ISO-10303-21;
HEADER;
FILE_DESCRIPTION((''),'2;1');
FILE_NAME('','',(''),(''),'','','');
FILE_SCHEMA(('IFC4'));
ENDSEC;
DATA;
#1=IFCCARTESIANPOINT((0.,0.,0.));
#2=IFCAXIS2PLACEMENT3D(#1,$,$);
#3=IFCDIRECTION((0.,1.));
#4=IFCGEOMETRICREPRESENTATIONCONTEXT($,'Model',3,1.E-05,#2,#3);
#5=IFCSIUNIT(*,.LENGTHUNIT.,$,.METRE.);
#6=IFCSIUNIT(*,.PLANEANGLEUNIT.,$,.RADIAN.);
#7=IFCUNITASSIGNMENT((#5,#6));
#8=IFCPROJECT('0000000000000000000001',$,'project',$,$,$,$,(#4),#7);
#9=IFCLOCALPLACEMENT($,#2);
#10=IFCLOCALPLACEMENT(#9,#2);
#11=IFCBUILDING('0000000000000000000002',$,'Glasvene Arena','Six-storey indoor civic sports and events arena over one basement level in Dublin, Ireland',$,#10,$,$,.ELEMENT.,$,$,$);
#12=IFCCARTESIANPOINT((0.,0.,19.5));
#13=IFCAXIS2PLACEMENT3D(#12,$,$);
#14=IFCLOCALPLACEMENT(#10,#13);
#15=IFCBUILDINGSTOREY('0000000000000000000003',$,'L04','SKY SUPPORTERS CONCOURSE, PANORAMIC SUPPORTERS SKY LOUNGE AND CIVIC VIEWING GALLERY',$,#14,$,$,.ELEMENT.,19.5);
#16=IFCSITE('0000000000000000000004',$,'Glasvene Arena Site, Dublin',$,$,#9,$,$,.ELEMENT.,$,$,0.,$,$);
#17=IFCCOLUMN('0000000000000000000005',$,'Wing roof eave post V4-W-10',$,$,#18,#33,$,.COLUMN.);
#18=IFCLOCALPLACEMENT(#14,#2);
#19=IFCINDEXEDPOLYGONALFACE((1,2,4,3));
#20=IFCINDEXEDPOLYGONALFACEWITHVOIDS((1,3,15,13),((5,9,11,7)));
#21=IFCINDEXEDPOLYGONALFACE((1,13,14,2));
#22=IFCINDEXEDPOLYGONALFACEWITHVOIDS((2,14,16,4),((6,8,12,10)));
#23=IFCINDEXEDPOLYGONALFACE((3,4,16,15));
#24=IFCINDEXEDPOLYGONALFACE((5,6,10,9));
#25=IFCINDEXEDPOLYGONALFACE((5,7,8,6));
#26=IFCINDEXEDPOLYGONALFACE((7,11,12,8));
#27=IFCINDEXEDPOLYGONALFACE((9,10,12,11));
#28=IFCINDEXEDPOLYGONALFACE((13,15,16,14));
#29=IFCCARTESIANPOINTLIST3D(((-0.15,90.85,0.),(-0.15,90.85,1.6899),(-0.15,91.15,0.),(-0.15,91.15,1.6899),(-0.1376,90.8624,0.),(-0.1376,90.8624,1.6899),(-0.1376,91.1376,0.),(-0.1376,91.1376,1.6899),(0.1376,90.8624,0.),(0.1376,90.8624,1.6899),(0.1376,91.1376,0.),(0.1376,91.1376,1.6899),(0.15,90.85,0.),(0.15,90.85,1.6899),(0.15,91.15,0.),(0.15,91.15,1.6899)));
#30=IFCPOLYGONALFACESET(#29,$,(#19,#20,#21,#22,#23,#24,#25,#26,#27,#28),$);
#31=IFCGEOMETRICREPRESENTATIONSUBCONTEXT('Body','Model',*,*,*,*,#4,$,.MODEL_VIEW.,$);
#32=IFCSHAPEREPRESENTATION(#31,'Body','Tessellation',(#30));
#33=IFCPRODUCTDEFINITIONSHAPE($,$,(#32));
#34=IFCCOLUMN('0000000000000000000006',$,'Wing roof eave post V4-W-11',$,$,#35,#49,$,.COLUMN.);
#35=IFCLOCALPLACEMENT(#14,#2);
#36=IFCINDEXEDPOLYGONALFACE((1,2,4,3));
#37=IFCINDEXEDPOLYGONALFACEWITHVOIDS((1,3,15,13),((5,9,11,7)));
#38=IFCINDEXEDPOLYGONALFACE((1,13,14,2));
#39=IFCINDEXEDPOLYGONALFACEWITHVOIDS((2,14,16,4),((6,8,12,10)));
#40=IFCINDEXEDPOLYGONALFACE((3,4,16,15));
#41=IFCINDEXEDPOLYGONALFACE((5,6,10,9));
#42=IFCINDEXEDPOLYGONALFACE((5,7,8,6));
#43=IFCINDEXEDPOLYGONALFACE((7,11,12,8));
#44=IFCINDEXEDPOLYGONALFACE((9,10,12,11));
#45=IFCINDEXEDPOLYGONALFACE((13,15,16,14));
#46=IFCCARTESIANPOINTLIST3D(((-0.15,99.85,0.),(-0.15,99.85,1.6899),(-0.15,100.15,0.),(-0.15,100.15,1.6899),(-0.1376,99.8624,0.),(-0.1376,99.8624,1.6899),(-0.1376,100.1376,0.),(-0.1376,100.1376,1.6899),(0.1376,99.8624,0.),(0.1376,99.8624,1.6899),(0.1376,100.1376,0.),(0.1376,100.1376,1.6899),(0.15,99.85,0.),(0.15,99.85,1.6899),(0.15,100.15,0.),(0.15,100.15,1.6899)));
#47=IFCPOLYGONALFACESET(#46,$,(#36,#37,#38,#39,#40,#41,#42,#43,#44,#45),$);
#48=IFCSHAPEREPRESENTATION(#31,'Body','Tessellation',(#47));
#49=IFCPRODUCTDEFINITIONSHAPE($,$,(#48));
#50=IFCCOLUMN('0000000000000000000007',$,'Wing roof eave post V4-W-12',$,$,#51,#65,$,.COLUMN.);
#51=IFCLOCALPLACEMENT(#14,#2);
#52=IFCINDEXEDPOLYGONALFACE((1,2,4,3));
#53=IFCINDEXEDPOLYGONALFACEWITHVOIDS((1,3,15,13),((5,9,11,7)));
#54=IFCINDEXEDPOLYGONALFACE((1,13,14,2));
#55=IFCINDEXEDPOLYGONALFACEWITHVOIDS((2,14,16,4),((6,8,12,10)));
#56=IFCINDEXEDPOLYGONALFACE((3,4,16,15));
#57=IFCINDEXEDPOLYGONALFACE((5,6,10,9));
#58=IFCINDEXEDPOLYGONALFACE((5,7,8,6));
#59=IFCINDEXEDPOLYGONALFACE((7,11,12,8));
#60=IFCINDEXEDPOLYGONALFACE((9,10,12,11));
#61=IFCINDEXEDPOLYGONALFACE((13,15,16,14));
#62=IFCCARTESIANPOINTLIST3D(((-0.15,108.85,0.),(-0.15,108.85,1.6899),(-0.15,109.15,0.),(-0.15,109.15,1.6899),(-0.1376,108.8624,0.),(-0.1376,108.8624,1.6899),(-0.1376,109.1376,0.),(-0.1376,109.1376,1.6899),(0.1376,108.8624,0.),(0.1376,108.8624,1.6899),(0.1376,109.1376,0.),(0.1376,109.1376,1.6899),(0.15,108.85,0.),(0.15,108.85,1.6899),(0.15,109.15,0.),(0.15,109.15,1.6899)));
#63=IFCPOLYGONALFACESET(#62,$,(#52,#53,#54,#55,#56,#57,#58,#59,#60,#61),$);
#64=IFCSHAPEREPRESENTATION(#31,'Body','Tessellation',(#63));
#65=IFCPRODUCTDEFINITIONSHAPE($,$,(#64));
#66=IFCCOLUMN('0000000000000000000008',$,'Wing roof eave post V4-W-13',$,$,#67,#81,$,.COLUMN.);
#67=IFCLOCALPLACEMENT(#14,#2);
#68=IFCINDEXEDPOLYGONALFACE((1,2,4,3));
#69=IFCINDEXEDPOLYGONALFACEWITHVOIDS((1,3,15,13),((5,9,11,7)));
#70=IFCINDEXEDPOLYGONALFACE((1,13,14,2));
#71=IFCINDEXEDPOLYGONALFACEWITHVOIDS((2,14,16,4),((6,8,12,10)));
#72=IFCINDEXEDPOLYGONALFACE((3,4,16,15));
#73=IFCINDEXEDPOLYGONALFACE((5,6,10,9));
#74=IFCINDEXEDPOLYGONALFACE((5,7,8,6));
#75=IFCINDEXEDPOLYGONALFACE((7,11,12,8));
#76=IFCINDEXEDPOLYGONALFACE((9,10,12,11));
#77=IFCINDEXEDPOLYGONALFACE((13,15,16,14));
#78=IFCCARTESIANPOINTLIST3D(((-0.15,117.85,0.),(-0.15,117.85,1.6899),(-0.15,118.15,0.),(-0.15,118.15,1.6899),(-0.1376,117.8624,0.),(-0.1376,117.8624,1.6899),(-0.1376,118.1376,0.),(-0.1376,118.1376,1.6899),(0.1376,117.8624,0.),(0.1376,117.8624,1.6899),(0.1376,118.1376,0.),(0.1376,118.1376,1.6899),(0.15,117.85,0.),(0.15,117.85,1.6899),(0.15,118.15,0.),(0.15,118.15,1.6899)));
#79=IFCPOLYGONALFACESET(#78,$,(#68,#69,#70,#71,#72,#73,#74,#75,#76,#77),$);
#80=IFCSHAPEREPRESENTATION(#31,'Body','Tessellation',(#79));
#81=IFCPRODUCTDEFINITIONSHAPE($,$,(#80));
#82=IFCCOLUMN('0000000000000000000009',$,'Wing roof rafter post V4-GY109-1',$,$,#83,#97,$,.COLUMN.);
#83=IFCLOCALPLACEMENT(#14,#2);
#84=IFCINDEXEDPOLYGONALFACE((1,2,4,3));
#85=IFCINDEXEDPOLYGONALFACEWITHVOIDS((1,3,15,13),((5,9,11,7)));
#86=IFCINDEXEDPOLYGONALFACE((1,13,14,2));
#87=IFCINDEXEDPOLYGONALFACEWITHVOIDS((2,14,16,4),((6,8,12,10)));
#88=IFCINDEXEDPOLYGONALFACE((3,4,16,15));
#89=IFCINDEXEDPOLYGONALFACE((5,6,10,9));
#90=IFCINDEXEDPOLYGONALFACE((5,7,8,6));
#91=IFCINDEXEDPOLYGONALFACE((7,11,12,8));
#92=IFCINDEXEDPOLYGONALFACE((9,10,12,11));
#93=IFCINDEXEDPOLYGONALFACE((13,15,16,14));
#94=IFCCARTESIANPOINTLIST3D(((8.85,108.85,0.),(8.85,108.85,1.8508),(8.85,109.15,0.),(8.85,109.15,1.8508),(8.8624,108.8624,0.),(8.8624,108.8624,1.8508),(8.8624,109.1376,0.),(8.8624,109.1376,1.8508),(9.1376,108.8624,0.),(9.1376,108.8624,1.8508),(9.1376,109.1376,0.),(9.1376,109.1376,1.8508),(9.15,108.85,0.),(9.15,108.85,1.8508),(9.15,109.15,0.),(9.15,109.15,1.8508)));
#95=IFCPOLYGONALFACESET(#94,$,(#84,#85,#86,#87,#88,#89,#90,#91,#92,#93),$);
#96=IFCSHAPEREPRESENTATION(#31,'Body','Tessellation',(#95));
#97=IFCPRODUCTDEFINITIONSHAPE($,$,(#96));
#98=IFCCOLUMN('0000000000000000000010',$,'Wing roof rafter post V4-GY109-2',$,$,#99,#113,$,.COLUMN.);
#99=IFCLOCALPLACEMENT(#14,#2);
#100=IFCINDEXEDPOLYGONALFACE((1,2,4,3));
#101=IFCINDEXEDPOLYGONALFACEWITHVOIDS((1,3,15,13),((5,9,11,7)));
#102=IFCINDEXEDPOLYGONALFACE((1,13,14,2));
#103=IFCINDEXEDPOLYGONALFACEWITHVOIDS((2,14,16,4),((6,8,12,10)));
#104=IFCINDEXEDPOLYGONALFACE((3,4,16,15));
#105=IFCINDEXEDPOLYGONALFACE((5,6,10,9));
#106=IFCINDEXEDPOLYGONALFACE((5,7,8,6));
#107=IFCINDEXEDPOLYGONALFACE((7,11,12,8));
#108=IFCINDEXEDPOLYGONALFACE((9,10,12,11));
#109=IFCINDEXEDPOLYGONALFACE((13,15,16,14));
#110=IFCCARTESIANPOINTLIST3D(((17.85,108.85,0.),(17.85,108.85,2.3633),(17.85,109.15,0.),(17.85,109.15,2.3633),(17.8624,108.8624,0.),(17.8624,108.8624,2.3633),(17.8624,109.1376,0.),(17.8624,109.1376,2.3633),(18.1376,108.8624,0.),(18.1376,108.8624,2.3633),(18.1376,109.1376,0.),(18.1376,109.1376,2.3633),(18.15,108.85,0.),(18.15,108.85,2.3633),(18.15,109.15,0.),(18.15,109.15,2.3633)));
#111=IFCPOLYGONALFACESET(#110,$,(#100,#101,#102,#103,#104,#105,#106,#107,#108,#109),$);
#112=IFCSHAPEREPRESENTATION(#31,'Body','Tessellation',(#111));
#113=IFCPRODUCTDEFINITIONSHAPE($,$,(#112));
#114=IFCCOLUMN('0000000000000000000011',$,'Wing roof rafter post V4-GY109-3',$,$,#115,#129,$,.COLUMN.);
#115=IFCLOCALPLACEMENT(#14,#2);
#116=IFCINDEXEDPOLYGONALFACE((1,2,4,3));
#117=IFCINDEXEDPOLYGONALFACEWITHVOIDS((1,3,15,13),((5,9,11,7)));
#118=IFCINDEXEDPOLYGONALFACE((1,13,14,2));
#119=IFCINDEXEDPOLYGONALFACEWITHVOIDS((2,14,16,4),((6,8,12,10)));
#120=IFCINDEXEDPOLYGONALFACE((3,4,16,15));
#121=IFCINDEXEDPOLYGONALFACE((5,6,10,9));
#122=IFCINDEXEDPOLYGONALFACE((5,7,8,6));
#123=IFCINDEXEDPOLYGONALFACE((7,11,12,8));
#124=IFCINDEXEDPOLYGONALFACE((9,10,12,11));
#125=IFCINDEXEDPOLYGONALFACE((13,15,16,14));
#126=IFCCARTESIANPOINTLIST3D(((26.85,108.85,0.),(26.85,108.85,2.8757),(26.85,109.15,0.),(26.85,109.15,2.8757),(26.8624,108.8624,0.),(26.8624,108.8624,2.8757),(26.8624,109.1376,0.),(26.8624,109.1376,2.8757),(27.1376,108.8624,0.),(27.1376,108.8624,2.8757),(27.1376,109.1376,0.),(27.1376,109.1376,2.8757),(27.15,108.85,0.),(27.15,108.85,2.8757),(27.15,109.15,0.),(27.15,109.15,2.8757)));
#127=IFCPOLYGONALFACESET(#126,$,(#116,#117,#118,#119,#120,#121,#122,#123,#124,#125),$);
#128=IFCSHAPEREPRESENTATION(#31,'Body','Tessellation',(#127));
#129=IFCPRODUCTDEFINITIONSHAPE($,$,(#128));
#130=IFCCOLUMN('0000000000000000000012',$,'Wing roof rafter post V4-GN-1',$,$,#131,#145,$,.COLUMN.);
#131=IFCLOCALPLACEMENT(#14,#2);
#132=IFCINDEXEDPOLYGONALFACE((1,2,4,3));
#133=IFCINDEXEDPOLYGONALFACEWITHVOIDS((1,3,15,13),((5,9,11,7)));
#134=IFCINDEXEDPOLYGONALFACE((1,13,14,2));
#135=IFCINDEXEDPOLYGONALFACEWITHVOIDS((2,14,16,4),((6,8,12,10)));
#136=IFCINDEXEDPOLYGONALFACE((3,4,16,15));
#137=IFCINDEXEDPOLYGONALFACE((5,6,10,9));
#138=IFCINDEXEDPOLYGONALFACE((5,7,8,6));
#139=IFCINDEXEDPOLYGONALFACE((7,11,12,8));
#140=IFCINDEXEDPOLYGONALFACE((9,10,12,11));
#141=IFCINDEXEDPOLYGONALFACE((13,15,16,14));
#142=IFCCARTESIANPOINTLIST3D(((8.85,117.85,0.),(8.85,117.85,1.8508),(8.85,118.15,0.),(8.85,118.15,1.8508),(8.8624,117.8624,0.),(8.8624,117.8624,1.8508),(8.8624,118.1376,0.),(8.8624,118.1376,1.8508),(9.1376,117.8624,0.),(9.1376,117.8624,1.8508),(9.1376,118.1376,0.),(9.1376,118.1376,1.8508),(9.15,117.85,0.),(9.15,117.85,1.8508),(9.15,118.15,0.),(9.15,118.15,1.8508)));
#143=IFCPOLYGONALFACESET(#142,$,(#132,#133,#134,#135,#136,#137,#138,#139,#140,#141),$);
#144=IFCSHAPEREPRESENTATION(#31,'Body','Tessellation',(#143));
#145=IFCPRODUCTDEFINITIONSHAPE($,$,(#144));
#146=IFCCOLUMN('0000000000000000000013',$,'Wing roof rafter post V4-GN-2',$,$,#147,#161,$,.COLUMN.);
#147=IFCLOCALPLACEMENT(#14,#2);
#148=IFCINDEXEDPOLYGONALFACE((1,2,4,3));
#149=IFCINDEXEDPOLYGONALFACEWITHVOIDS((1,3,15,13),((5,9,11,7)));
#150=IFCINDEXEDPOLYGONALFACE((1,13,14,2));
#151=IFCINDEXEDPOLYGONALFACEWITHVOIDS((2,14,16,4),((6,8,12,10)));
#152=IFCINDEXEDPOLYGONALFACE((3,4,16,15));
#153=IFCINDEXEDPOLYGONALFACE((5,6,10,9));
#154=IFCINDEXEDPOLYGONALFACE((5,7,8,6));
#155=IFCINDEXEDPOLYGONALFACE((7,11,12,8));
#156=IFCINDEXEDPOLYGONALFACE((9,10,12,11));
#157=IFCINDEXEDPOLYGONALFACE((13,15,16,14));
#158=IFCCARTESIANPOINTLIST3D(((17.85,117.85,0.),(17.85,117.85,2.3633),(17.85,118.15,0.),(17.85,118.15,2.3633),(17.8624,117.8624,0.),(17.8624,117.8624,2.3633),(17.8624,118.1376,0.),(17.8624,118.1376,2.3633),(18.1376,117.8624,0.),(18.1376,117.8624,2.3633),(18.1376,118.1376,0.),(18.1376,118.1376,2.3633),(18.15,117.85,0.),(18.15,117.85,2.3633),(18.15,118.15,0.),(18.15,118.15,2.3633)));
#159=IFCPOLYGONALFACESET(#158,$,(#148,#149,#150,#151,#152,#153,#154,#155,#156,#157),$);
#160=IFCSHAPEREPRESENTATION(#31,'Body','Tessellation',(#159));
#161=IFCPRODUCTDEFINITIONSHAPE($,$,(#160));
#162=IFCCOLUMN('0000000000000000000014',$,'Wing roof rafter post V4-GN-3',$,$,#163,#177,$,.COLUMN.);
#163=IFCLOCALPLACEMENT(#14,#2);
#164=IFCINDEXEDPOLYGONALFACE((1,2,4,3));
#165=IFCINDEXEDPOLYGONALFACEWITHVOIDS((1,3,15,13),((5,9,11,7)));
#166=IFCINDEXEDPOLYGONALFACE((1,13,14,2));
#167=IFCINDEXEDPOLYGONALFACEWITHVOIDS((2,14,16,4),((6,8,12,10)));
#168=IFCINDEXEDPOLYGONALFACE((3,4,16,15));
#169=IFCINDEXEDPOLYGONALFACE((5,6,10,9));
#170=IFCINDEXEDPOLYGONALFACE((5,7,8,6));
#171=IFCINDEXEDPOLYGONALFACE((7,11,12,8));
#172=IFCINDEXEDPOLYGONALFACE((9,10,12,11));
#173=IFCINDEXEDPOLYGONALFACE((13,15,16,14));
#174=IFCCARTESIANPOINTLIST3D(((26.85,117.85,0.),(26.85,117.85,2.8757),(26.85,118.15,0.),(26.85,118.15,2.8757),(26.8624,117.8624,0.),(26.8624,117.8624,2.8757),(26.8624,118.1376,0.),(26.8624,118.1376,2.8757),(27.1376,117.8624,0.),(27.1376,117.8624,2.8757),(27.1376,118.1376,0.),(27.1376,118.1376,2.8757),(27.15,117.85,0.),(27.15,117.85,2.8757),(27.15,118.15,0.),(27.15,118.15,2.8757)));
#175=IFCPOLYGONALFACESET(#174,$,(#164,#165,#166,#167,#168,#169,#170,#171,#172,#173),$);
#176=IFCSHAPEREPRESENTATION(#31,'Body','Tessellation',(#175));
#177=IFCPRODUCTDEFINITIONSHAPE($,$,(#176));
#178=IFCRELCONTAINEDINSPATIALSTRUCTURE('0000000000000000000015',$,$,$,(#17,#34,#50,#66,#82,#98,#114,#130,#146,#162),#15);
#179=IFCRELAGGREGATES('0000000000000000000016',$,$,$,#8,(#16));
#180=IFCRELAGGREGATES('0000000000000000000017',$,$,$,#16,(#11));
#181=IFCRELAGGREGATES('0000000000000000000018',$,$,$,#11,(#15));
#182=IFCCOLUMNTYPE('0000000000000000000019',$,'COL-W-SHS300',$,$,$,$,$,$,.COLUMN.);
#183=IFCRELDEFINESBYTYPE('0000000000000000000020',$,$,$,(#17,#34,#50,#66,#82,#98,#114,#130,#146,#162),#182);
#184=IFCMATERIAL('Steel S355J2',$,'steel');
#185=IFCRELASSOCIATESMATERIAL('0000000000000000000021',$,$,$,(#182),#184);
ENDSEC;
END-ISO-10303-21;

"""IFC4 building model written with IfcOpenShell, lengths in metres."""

from ifc_helpers import new_model, si_unit, direction, frame, origin, origin_2d, place, context, subcontext, project, spatial, hollow_rectangle, extrude, material, material_profile, profile_set, type_object, element, save


model = new_model("IFC4")

# Units and contexts
model_context = context("Model", 3, precision=1e-05, world=origin(), true_north=direction((0.0, 1.0)))
body_context = subcontext(model_context, "Body", "Model", "MODEL_VIEW")
ifc_project = project(units=[si_unit("LENGTHUNIT", "METRE"), si_unit("PLANEANGLEUNIT", "RADIAN")], contexts=[model_context])

# Site, building, storey
site_placement = place(None, origin())
site = spatial("IfcSite", under=ifc_project, at=site_placement, Name="Glasvene Arena Site, Dublin", CompositionType="ELEMENT", RefElevation=0.0)
building_placement = place(site_placement, origin())
building = spatial("IfcBuilding", under=site, at=building_placement, Name="Glasvene Arena", Description="Six-storey indoor civic sports and events arena over one basement level in Dublin, Ireland", CompositionType="ELEMENT")
storey_placement = place(building_placement, frame((0.0, 0.0, 19.5)))
storey = spatial("IfcBuildingStorey", under=building, at=storey_placement, Name="L04", Description="SKY SUPPORTERS CONCOURSE, PANORAMIC SUPPORTERS SKY LOUNGE AND CIVIC VIEWING GALLERY", CompositionType="ELEMENT", Elevation=19.5)

# Columns
ifc_material_1 = material(Name="Steel S355J2", Category="steel")
ifc_material_profile_1 = material_profile(ifc_material_1, hollow_rectangle(XDim=0.3, YDim=0.3, WallThickness=0.0125, at=origin_2d()), Name="SHS 300x300x12.5")
ifc_profile_set_1 = profile_set([ifc_material_profile_1], Name="Steel S355J2")
column_type = type_object("IfcColumnType", Name="COL-W-SHS300", PredefinedType="COLUMN", material=ifc_profile_set_1)
for number, where, z_axis, x_axis, name in (
    (1, (0.0, 91.0, 0.0), (0.0, 0.0, 1.0), (1.0, 0.0, 0.0), "Wing roof eave post V4-W-10"),
    (2, (0.0, 100.0, 0.0), (0.0, 0.0, 1.0), (1.0, 0.0, 0.0), "Wing roof eave post V4-W-11"),
    (3, (0.0, 109.0, 0.0), (0.0, 0.0, 1.0), (1.0, 0.0, 0.0), "Wing roof eave post V4-W-12"),
    (4, (0.0, 118.0, 0.0), (0.0, 0.0, 1.0), (1.0, 0.0, 0.0), "Wing roof eave post V4-W-13"),
):
    element("IfcColumn", number, at=place(storey_placement, frame(where, z_axis=z_axis, x_axis=x_axis)), inside=storey, type_object=column_type, Name=name, PredefinedType="COLUMN", context=body_context, shape_type="SweptSolid", body=[
        extrude(hollow_rectangle(XDim=0.3, YDim=0.3, WallThickness=0.0125, at=origin_2d()), origin(), (0.0, 0.0, 1.0), 1.6899),
    ])
column_1_placement = place(storey_placement, frame((9.0, 109.0, 0.0), z_axis=(0.0, 0.0, 1.0), x_axis=(1.0, 0.0, 0.0)))
element("IfcColumn", 5, at=column_1_placement, inside=storey, type_object=column_type, Name="Wing roof rafter post V4-GY109-1", PredefinedType="COLUMN", context=body_context, shape_type="SweptSolid", body=[
    extrude(hollow_rectangle(XDim=0.3, YDim=0.3, WallThickness=0.0125, at=origin_2d()), origin(), (0.0, 0.0, 1.0), 1.8508),
])
column_2_placement = place(storey_placement, frame((18.0, 109.0, 0.0), z_axis=(0.0, 0.0, 1.0), x_axis=(1.0, 0.0, 0.0)))
element("IfcColumn", 6, at=column_2_placement, inside=storey, type_object=column_type, Name="Wing roof rafter post V4-GY109-2", PredefinedType="COLUMN", context=body_context, shape_type="SweptSolid", body=[
    extrude(hollow_rectangle(XDim=0.3, YDim=0.3, WallThickness=0.0125, at=origin_2d()), origin(), (0.0, 0.0, 1.0), 2.3633),
])
column_3_placement = place(storey_placement, frame((27.0, 109.0, 0.0), z_axis=(0.0, 0.0, 1.0), x_axis=(1.0, 0.0, 0.0)))
element("IfcColumn", 7, at=column_3_placement, inside=storey, type_object=column_type, Name="Wing roof rafter post V4-GY109-3", PredefinedType="COLUMN", context=body_context, shape_type="SweptSolid", body=[
    extrude(hollow_rectangle(XDim=0.3, YDim=0.3, WallThickness=0.0125, at=origin_2d()), origin(), (0.0, 0.0, 1.0), 2.8757),
])
column_4_placement = place(storey_placement, frame((9.0, 118.0, 0.0), z_axis=(0.0, 0.0, 1.0), x_axis=(1.0, 0.0, 0.0)))
element("IfcColumn", 8, at=column_4_placement, inside=storey, type_object=column_type, Name="Wing roof rafter post V4-GN-1", PredefinedType="COLUMN", context=body_context, shape_type="SweptSolid", body=[
    extrude(hollow_rectangle(XDim=0.3, YDim=0.3, WallThickness=0.0125, at=origin_2d()), origin(), (0.0, 0.0, 1.0), 1.8508),
])
column_5_placement = place(storey_placement, frame((18.0, 118.0, 0.0), z_axis=(0.0, 0.0, 1.0), x_axis=(1.0, 0.0, 0.0)))
element("IfcColumn", 9, at=column_5_placement, inside=storey, type_object=column_type, Name="Wing roof rafter post V4-GN-2", PredefinedType="COLUMN", context=body_context, shape_type="SweptSolid", body=[
    extrude(hollow_rectangle(XDim=0.3, YDim=0.3, WallThickness=0.0125, at=origin_2d()), origin(), (0.0, 0.0, 1.0), 2.3633),
])
column_6_placement = place(storey_placement, frame((27.0, 118.0, 0.0), z_axis=(0.0, 0.0, 1.0), x_axis=(1.0, 0.0, 0.0)))
element("IfcColumn", 10, at=column_6_placement, inside=storey, type_object=column_type, Name="Wing roof rafter post V4-GN-3", PredefinedType="COLUMN", context=body_context, shape_type="SweptSolid", body=[
    extrude(hollow_rectangle(XDim=0.3, YDim=0.3, WallThickness=0.0125, at=origin_2d()), origin(), (0.0, 0.0, 1.0), 2.8757),
])

save(model, "model.ifc")
